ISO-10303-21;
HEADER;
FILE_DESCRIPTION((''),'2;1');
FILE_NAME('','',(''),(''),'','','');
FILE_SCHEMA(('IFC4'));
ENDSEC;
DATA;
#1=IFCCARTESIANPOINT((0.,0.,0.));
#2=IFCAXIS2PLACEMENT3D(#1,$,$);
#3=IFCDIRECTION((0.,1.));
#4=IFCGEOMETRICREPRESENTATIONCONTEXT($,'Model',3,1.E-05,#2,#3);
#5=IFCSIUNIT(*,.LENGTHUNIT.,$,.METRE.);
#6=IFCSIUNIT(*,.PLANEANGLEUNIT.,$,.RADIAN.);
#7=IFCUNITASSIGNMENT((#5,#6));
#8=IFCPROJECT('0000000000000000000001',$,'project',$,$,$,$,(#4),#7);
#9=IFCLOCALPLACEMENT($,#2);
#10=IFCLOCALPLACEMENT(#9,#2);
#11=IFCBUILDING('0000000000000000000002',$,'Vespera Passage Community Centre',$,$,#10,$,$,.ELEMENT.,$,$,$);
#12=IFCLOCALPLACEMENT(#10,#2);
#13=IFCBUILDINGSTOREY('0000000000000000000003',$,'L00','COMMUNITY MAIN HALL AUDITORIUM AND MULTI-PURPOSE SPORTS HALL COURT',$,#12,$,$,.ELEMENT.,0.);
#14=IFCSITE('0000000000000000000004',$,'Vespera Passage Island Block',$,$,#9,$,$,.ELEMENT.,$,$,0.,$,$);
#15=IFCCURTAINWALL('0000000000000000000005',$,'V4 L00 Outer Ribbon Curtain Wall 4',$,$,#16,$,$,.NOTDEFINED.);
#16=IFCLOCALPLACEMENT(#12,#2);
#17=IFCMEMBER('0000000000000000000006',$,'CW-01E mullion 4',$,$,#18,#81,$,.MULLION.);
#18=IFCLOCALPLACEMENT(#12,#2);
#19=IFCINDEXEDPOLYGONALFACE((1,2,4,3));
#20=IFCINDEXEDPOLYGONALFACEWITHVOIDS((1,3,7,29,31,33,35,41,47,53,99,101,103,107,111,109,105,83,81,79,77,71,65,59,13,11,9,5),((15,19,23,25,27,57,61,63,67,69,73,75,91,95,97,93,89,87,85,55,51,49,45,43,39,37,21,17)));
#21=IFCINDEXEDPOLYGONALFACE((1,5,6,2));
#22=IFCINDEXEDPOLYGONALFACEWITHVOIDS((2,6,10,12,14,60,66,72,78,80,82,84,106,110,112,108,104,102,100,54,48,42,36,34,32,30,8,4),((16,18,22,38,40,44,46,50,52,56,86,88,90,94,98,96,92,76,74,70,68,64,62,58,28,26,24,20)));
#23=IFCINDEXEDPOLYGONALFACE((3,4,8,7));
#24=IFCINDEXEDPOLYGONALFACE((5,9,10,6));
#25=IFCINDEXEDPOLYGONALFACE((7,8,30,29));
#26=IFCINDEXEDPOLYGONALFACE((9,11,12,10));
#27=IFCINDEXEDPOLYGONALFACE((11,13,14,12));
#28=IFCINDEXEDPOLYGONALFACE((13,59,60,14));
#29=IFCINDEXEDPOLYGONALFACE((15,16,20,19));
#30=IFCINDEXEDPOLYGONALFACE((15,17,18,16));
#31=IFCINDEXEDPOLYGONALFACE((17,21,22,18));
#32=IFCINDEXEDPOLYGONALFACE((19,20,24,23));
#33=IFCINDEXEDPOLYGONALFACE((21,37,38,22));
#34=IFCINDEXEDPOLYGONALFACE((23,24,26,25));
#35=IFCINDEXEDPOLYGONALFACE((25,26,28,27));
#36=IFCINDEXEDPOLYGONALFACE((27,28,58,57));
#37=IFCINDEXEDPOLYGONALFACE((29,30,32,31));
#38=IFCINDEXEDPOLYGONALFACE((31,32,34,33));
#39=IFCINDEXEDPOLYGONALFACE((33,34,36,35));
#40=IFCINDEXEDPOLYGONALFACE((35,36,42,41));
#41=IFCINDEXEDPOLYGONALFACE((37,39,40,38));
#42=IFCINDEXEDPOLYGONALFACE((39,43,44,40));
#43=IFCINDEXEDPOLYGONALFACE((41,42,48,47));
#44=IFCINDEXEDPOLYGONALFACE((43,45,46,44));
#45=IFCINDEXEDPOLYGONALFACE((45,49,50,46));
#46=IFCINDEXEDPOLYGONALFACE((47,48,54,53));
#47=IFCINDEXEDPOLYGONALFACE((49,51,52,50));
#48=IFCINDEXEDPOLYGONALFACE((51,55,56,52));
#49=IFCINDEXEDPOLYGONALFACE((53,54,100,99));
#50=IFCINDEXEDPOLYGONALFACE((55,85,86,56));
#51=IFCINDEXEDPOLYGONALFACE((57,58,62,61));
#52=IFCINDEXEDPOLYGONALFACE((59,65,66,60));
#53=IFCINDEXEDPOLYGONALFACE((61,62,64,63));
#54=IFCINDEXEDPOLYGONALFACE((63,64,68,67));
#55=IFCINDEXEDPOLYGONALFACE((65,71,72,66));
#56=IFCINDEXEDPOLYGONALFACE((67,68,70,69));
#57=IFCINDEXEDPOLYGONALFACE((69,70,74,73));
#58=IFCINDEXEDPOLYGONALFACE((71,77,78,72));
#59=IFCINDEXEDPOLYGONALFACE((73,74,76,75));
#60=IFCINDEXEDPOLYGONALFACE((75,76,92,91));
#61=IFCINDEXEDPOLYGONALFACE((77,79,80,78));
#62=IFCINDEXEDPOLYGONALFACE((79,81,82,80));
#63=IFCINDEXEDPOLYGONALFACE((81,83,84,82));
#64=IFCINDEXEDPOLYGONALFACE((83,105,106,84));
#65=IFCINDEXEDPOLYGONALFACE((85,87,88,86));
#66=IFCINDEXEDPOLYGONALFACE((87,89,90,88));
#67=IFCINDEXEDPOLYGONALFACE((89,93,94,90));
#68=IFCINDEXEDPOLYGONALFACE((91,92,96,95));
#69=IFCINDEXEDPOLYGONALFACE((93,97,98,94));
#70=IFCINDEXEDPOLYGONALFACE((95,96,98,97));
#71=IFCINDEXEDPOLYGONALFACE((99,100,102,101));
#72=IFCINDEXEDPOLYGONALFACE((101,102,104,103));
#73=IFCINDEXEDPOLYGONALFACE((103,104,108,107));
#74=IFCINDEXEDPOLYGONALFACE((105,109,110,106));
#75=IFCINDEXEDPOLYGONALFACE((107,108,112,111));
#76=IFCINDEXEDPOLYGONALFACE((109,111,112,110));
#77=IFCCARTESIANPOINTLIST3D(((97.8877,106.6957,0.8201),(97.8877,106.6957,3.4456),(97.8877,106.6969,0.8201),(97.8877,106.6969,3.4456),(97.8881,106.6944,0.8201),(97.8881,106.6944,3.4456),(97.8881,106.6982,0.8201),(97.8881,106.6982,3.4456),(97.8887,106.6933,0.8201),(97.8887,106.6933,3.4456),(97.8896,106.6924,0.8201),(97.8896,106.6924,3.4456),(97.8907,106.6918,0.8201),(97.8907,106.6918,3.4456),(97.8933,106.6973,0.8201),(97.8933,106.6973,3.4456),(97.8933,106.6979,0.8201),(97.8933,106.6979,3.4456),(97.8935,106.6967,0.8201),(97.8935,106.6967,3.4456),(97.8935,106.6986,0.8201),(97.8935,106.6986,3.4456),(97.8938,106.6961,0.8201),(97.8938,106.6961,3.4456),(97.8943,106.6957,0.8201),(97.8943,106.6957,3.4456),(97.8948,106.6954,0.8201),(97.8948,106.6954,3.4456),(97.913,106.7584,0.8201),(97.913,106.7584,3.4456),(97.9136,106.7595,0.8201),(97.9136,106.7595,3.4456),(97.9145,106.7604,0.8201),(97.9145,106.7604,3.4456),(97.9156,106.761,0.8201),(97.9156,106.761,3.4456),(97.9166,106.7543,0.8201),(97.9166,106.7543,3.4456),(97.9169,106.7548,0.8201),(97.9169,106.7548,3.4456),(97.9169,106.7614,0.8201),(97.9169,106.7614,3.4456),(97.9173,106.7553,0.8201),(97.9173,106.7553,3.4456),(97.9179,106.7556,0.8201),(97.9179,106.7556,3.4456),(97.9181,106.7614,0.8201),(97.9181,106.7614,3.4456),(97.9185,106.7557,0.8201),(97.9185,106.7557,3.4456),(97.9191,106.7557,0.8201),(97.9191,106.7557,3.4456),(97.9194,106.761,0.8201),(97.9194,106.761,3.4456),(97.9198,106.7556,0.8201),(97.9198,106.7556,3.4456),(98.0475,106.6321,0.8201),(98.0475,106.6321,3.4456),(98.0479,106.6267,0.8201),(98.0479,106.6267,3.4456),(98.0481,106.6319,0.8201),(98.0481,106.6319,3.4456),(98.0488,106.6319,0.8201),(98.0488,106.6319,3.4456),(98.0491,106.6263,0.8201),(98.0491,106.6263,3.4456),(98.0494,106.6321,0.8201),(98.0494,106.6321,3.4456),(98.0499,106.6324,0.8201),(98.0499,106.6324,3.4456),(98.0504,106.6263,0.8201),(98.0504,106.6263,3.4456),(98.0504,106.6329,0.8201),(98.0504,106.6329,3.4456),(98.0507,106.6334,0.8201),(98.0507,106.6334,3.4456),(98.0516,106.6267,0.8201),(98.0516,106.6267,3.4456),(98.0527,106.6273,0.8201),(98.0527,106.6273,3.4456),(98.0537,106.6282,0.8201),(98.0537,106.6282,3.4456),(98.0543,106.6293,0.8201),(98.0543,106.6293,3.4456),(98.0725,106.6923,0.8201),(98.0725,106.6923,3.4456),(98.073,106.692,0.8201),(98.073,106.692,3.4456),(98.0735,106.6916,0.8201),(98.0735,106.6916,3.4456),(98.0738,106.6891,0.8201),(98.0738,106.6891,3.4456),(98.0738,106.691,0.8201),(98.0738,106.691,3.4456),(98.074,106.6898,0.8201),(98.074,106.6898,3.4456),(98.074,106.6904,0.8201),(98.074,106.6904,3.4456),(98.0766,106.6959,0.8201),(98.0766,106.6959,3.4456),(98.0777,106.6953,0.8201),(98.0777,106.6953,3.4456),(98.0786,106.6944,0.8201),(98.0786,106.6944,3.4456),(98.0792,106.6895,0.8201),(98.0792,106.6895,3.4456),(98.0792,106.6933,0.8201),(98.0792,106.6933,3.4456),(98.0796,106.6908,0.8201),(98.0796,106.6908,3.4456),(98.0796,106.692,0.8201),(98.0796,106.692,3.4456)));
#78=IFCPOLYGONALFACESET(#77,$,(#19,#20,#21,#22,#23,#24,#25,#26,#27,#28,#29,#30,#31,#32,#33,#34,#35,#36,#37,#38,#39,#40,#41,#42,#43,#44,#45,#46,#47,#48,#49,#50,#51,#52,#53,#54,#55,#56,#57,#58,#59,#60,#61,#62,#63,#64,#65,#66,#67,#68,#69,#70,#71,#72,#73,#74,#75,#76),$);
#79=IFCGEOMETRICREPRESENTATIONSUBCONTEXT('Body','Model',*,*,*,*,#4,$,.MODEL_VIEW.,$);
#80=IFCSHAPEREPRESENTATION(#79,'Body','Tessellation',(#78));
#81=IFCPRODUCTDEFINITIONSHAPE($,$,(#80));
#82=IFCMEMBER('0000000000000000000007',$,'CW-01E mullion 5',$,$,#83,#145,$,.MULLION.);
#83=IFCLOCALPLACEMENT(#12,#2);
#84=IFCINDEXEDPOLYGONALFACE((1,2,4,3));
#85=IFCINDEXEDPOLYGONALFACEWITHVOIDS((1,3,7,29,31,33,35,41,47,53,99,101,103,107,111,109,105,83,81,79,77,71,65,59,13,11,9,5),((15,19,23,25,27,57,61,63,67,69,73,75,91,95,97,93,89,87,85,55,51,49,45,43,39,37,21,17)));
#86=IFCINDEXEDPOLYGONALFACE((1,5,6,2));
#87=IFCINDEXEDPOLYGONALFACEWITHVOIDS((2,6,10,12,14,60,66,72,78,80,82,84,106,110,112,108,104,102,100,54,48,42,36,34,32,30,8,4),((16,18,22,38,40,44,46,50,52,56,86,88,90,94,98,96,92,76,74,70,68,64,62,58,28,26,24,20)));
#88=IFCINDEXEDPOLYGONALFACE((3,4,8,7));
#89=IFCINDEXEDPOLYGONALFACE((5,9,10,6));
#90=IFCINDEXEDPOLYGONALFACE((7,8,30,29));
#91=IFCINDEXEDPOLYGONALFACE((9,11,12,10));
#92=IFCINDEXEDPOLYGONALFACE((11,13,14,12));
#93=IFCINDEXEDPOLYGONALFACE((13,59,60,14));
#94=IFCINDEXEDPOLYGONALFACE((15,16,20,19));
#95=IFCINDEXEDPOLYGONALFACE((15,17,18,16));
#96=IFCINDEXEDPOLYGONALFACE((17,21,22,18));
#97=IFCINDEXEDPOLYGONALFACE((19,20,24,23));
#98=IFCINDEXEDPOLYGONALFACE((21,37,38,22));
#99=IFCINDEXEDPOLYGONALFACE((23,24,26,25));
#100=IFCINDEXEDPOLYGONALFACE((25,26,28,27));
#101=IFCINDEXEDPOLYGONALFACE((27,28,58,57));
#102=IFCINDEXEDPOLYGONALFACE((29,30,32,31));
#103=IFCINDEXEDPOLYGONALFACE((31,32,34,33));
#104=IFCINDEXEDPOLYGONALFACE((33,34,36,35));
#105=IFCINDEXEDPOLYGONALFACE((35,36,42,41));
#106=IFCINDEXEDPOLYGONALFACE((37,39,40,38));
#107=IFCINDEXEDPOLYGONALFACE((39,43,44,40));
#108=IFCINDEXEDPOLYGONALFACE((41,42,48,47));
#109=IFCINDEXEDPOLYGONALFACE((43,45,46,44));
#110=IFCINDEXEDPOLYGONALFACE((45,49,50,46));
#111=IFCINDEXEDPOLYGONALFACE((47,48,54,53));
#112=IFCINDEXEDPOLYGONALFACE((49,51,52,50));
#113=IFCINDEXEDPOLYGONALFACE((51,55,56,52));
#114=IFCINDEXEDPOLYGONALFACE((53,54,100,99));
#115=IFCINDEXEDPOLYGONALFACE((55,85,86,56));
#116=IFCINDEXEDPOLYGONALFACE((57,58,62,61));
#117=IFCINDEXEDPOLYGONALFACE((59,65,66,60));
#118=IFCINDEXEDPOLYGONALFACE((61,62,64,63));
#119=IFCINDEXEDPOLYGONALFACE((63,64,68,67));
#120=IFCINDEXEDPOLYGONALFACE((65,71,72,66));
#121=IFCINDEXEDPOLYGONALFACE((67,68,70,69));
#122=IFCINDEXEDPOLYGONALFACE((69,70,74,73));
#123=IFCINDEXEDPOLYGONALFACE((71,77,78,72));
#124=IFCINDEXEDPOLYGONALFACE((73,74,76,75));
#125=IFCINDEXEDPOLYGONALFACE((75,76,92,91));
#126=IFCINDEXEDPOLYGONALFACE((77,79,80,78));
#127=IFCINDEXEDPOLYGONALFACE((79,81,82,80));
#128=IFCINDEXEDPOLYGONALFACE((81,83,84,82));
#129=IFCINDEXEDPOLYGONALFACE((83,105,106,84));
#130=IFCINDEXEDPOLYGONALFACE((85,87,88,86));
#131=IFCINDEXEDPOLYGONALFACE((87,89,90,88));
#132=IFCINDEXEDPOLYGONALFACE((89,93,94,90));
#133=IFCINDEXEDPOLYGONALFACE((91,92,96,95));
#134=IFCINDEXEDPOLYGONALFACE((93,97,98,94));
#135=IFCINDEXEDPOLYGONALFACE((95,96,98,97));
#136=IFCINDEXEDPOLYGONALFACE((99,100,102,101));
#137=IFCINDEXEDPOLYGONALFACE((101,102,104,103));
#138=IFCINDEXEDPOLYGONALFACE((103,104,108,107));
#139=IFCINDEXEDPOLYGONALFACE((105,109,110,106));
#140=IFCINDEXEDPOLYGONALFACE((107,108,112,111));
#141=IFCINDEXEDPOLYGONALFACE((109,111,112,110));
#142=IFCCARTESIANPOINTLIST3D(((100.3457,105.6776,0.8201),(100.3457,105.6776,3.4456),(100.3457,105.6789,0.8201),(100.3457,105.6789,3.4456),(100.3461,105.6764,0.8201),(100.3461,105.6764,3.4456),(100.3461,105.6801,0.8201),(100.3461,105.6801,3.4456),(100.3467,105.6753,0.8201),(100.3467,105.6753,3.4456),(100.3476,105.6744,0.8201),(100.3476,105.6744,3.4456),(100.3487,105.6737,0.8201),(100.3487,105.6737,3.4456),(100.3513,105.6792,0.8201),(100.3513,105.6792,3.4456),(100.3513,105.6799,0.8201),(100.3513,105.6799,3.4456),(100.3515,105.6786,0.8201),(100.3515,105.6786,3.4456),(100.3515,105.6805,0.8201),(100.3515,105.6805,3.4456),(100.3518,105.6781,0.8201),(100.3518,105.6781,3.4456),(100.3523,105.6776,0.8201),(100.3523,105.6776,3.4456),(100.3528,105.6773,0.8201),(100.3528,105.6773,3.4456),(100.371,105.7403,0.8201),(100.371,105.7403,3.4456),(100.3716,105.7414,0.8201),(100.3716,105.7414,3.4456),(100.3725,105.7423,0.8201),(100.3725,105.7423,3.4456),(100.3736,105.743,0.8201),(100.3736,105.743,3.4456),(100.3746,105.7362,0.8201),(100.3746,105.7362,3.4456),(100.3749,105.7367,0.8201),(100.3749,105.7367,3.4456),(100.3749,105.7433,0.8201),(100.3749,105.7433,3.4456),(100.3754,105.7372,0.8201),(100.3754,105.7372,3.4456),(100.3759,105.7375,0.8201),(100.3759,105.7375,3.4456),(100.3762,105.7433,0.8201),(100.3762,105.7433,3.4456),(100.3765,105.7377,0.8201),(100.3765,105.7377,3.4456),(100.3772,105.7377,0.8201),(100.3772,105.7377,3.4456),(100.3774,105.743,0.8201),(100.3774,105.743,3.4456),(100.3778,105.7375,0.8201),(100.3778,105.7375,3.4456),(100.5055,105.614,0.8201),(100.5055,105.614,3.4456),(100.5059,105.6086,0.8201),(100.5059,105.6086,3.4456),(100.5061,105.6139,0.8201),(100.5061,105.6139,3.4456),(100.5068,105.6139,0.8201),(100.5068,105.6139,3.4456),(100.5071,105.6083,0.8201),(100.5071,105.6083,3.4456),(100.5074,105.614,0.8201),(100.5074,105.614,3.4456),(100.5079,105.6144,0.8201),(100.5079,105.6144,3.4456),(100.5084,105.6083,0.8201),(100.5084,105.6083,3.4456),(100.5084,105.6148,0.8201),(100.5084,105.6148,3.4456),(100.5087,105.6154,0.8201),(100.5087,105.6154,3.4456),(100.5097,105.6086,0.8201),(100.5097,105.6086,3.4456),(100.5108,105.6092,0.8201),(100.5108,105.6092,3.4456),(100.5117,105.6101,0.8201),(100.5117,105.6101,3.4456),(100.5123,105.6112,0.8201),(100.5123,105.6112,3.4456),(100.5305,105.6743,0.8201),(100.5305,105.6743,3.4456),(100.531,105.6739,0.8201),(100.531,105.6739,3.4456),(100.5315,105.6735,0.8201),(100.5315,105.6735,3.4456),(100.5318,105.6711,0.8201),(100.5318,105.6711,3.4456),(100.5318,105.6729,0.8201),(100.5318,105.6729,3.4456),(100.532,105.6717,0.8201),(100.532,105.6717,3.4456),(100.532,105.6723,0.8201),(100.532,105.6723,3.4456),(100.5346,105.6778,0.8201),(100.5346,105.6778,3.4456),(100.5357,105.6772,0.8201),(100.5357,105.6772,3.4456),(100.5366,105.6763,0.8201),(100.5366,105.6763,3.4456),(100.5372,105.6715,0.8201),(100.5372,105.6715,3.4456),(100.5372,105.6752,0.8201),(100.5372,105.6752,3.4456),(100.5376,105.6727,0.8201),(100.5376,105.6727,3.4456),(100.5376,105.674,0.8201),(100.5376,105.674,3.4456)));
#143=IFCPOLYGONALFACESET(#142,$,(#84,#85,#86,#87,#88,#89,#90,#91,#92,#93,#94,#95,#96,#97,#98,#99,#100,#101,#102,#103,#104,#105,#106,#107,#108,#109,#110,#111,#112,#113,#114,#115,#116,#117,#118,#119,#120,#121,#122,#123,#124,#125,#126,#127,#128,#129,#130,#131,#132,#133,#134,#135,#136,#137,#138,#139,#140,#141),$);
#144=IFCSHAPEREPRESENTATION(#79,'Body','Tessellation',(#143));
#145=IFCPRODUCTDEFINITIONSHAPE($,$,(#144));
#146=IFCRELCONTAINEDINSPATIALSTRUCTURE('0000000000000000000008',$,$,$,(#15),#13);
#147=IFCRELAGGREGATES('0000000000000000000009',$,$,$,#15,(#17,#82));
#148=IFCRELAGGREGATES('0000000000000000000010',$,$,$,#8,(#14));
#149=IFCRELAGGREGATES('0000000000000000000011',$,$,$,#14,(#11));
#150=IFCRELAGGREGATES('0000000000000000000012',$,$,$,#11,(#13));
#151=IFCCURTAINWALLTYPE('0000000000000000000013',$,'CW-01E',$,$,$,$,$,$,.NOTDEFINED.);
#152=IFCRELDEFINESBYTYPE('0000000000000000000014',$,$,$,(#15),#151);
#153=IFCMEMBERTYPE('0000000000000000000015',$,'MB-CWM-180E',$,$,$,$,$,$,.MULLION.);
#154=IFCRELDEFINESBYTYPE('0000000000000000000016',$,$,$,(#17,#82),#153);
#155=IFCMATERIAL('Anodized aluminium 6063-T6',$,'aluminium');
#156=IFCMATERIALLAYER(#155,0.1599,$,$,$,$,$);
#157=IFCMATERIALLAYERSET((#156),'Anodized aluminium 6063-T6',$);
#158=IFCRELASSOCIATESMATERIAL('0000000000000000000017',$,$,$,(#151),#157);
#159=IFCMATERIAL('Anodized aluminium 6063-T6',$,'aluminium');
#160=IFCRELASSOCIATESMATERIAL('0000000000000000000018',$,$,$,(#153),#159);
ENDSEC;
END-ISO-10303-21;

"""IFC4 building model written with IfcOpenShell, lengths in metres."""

from ifc_helpers import new_model, si_unit, direction, frame, origin, origin_2d, place, context, subcontext, project, spatial, hollow_rectangle, extrude, material, layer, layer_set, material_profile, profile_set, type_object, element, aggregate, save


model = new_model("IFC4")

# Units and contexts
model_context = context("Model", 3, precision=1e-05, world=origin(), true_north=direction((0.0, 1.0)))
body_context = subcontext(model_context, "Body", "Model", "MODEL_VIEW")
ifc_project = project(units=[si_unit("LENGTHUNIT", "METRE"), si_unit("PLANEANGLEUNIT", "RADIAN")], contexts=[model_context])

# Site, building, storey
site_placement = place(None, origin())
site = spatial("IfcSite", under=ifc_project, at=site_placement, Name="Vespera Passage Island Block", CompositionType="ELEMENT", RefElevation=0.0)
building_placement = place(site_placement, origin())
building = spatial("IfcBuilding", under=site, at=building_placement, Name="Vespera Passage Community Centre", CompositionType="ELEMENT")
storey_placement = place(building_placement, origin())
storey = spatial("IfcBuildingStorey", under=building, at=storey_placement, Name="L00", Description="COMMUNITY MAIN HALL AUDITORIUM AND MULTI-PURPOSE SPORTS HALL COURT", CompositionType="ELEMENT", Elevation=0.0)

# Curtain wall, members
ifc_material_1 = material(Name="Anodized aluminium 6063-T6", Category="aluminium")
ifc_layer_1 = layer(ifc_material_1, 0.1599)
ifc_layer_set_1 = layer_set([ifc_layer_1], Name="Anodized aluminium 6063-T6")
curtain_wall_type = type_object("IfcCurtainWallType", Name="CW-01E", PredefinedType="NOTDEFINED", material=ifc_layer_set_1)
curtain_wall_placement = place(storey_placement, origin())
curtain_wall = element("IfcCurtainWall", 1, at=curtain_wall_placement, inside=storey, type_object=curtain_wall_type, Name="V4 L00 Outer Ribbon Curtain Wall 4", PredefinedType="NOTDEFINED")
ifc_material_2 = material(Name="Anodized aluminium 6063-T6", Category="aluminium")
ifc_material_profile_1 = material_profile(ifc_material_2, hollow_rectangle(XDim=0.075, YDim=0.1799, WallThickness=0.0049, InnerFilletRadius=0.0024, OuterFilletRadius=0.0049, at=origin_2d()), Name="ALU180X75X5")
ifc_profile_set_1 = profile_set([ifc_material_profile_1], Name="Anodized aluminium 6063-T6")
member_type_1 = type_object("IfcMemberType", Name="MB-CWM-180E", PredefinedType="MULLION", material=ifc_profile_set_1)
member_1_placement = place(storey_placement, frame((97.9836, 106.6938, 0.8201), z_axis=(0.0, 0.0, 1.0), x_axis=(0.382683, 0.92388, 0.0)))
member_1 = element("IfcMember", 2, at=member_1_placement, type_object=member_type_1, Name="CW-01E mullion 4", PredefinedType="MULLION", context=body_context, shape_type="SweptSolid", body=[
    extrude(hollow_rectangle(XDim=0.075, YDim=0.1799, WallThickness=0.0049, InnerFilletRadius=0.0024, OuterFilletRadius=0.0049, at=origin_2d()), origin(), (0.0, 0.0, 1.0), 2.6255),
])
member_2_placement = place(storey_placement, frame((100.4417, 105.6758, 0.8201), z_axis=(0.0, 0.0, 1.0), x_axis=(0.382683, 0.92388, 0.0)))
member_2 = element("IfcMember", 3, at=member_2_placement, type_object=member_type_1, Name="CW-01E mullion 5", PredefinedType="MULLION", context=body_context, shape_type="SweptSolid", body=[
    extrude(hollow_rectangle(XDim=0.075, YDim=0.1799, WallThickness=0.0049, InnerFilletRadius=0.0024, OuterFilletRadius=0.0049, at=origin_2d()), origin(), (0.0, 0.0, 1.0), 2.6255),
])
aggregate(curtain_wall, [member_1, member_2])

save(model, "model.ifc")
